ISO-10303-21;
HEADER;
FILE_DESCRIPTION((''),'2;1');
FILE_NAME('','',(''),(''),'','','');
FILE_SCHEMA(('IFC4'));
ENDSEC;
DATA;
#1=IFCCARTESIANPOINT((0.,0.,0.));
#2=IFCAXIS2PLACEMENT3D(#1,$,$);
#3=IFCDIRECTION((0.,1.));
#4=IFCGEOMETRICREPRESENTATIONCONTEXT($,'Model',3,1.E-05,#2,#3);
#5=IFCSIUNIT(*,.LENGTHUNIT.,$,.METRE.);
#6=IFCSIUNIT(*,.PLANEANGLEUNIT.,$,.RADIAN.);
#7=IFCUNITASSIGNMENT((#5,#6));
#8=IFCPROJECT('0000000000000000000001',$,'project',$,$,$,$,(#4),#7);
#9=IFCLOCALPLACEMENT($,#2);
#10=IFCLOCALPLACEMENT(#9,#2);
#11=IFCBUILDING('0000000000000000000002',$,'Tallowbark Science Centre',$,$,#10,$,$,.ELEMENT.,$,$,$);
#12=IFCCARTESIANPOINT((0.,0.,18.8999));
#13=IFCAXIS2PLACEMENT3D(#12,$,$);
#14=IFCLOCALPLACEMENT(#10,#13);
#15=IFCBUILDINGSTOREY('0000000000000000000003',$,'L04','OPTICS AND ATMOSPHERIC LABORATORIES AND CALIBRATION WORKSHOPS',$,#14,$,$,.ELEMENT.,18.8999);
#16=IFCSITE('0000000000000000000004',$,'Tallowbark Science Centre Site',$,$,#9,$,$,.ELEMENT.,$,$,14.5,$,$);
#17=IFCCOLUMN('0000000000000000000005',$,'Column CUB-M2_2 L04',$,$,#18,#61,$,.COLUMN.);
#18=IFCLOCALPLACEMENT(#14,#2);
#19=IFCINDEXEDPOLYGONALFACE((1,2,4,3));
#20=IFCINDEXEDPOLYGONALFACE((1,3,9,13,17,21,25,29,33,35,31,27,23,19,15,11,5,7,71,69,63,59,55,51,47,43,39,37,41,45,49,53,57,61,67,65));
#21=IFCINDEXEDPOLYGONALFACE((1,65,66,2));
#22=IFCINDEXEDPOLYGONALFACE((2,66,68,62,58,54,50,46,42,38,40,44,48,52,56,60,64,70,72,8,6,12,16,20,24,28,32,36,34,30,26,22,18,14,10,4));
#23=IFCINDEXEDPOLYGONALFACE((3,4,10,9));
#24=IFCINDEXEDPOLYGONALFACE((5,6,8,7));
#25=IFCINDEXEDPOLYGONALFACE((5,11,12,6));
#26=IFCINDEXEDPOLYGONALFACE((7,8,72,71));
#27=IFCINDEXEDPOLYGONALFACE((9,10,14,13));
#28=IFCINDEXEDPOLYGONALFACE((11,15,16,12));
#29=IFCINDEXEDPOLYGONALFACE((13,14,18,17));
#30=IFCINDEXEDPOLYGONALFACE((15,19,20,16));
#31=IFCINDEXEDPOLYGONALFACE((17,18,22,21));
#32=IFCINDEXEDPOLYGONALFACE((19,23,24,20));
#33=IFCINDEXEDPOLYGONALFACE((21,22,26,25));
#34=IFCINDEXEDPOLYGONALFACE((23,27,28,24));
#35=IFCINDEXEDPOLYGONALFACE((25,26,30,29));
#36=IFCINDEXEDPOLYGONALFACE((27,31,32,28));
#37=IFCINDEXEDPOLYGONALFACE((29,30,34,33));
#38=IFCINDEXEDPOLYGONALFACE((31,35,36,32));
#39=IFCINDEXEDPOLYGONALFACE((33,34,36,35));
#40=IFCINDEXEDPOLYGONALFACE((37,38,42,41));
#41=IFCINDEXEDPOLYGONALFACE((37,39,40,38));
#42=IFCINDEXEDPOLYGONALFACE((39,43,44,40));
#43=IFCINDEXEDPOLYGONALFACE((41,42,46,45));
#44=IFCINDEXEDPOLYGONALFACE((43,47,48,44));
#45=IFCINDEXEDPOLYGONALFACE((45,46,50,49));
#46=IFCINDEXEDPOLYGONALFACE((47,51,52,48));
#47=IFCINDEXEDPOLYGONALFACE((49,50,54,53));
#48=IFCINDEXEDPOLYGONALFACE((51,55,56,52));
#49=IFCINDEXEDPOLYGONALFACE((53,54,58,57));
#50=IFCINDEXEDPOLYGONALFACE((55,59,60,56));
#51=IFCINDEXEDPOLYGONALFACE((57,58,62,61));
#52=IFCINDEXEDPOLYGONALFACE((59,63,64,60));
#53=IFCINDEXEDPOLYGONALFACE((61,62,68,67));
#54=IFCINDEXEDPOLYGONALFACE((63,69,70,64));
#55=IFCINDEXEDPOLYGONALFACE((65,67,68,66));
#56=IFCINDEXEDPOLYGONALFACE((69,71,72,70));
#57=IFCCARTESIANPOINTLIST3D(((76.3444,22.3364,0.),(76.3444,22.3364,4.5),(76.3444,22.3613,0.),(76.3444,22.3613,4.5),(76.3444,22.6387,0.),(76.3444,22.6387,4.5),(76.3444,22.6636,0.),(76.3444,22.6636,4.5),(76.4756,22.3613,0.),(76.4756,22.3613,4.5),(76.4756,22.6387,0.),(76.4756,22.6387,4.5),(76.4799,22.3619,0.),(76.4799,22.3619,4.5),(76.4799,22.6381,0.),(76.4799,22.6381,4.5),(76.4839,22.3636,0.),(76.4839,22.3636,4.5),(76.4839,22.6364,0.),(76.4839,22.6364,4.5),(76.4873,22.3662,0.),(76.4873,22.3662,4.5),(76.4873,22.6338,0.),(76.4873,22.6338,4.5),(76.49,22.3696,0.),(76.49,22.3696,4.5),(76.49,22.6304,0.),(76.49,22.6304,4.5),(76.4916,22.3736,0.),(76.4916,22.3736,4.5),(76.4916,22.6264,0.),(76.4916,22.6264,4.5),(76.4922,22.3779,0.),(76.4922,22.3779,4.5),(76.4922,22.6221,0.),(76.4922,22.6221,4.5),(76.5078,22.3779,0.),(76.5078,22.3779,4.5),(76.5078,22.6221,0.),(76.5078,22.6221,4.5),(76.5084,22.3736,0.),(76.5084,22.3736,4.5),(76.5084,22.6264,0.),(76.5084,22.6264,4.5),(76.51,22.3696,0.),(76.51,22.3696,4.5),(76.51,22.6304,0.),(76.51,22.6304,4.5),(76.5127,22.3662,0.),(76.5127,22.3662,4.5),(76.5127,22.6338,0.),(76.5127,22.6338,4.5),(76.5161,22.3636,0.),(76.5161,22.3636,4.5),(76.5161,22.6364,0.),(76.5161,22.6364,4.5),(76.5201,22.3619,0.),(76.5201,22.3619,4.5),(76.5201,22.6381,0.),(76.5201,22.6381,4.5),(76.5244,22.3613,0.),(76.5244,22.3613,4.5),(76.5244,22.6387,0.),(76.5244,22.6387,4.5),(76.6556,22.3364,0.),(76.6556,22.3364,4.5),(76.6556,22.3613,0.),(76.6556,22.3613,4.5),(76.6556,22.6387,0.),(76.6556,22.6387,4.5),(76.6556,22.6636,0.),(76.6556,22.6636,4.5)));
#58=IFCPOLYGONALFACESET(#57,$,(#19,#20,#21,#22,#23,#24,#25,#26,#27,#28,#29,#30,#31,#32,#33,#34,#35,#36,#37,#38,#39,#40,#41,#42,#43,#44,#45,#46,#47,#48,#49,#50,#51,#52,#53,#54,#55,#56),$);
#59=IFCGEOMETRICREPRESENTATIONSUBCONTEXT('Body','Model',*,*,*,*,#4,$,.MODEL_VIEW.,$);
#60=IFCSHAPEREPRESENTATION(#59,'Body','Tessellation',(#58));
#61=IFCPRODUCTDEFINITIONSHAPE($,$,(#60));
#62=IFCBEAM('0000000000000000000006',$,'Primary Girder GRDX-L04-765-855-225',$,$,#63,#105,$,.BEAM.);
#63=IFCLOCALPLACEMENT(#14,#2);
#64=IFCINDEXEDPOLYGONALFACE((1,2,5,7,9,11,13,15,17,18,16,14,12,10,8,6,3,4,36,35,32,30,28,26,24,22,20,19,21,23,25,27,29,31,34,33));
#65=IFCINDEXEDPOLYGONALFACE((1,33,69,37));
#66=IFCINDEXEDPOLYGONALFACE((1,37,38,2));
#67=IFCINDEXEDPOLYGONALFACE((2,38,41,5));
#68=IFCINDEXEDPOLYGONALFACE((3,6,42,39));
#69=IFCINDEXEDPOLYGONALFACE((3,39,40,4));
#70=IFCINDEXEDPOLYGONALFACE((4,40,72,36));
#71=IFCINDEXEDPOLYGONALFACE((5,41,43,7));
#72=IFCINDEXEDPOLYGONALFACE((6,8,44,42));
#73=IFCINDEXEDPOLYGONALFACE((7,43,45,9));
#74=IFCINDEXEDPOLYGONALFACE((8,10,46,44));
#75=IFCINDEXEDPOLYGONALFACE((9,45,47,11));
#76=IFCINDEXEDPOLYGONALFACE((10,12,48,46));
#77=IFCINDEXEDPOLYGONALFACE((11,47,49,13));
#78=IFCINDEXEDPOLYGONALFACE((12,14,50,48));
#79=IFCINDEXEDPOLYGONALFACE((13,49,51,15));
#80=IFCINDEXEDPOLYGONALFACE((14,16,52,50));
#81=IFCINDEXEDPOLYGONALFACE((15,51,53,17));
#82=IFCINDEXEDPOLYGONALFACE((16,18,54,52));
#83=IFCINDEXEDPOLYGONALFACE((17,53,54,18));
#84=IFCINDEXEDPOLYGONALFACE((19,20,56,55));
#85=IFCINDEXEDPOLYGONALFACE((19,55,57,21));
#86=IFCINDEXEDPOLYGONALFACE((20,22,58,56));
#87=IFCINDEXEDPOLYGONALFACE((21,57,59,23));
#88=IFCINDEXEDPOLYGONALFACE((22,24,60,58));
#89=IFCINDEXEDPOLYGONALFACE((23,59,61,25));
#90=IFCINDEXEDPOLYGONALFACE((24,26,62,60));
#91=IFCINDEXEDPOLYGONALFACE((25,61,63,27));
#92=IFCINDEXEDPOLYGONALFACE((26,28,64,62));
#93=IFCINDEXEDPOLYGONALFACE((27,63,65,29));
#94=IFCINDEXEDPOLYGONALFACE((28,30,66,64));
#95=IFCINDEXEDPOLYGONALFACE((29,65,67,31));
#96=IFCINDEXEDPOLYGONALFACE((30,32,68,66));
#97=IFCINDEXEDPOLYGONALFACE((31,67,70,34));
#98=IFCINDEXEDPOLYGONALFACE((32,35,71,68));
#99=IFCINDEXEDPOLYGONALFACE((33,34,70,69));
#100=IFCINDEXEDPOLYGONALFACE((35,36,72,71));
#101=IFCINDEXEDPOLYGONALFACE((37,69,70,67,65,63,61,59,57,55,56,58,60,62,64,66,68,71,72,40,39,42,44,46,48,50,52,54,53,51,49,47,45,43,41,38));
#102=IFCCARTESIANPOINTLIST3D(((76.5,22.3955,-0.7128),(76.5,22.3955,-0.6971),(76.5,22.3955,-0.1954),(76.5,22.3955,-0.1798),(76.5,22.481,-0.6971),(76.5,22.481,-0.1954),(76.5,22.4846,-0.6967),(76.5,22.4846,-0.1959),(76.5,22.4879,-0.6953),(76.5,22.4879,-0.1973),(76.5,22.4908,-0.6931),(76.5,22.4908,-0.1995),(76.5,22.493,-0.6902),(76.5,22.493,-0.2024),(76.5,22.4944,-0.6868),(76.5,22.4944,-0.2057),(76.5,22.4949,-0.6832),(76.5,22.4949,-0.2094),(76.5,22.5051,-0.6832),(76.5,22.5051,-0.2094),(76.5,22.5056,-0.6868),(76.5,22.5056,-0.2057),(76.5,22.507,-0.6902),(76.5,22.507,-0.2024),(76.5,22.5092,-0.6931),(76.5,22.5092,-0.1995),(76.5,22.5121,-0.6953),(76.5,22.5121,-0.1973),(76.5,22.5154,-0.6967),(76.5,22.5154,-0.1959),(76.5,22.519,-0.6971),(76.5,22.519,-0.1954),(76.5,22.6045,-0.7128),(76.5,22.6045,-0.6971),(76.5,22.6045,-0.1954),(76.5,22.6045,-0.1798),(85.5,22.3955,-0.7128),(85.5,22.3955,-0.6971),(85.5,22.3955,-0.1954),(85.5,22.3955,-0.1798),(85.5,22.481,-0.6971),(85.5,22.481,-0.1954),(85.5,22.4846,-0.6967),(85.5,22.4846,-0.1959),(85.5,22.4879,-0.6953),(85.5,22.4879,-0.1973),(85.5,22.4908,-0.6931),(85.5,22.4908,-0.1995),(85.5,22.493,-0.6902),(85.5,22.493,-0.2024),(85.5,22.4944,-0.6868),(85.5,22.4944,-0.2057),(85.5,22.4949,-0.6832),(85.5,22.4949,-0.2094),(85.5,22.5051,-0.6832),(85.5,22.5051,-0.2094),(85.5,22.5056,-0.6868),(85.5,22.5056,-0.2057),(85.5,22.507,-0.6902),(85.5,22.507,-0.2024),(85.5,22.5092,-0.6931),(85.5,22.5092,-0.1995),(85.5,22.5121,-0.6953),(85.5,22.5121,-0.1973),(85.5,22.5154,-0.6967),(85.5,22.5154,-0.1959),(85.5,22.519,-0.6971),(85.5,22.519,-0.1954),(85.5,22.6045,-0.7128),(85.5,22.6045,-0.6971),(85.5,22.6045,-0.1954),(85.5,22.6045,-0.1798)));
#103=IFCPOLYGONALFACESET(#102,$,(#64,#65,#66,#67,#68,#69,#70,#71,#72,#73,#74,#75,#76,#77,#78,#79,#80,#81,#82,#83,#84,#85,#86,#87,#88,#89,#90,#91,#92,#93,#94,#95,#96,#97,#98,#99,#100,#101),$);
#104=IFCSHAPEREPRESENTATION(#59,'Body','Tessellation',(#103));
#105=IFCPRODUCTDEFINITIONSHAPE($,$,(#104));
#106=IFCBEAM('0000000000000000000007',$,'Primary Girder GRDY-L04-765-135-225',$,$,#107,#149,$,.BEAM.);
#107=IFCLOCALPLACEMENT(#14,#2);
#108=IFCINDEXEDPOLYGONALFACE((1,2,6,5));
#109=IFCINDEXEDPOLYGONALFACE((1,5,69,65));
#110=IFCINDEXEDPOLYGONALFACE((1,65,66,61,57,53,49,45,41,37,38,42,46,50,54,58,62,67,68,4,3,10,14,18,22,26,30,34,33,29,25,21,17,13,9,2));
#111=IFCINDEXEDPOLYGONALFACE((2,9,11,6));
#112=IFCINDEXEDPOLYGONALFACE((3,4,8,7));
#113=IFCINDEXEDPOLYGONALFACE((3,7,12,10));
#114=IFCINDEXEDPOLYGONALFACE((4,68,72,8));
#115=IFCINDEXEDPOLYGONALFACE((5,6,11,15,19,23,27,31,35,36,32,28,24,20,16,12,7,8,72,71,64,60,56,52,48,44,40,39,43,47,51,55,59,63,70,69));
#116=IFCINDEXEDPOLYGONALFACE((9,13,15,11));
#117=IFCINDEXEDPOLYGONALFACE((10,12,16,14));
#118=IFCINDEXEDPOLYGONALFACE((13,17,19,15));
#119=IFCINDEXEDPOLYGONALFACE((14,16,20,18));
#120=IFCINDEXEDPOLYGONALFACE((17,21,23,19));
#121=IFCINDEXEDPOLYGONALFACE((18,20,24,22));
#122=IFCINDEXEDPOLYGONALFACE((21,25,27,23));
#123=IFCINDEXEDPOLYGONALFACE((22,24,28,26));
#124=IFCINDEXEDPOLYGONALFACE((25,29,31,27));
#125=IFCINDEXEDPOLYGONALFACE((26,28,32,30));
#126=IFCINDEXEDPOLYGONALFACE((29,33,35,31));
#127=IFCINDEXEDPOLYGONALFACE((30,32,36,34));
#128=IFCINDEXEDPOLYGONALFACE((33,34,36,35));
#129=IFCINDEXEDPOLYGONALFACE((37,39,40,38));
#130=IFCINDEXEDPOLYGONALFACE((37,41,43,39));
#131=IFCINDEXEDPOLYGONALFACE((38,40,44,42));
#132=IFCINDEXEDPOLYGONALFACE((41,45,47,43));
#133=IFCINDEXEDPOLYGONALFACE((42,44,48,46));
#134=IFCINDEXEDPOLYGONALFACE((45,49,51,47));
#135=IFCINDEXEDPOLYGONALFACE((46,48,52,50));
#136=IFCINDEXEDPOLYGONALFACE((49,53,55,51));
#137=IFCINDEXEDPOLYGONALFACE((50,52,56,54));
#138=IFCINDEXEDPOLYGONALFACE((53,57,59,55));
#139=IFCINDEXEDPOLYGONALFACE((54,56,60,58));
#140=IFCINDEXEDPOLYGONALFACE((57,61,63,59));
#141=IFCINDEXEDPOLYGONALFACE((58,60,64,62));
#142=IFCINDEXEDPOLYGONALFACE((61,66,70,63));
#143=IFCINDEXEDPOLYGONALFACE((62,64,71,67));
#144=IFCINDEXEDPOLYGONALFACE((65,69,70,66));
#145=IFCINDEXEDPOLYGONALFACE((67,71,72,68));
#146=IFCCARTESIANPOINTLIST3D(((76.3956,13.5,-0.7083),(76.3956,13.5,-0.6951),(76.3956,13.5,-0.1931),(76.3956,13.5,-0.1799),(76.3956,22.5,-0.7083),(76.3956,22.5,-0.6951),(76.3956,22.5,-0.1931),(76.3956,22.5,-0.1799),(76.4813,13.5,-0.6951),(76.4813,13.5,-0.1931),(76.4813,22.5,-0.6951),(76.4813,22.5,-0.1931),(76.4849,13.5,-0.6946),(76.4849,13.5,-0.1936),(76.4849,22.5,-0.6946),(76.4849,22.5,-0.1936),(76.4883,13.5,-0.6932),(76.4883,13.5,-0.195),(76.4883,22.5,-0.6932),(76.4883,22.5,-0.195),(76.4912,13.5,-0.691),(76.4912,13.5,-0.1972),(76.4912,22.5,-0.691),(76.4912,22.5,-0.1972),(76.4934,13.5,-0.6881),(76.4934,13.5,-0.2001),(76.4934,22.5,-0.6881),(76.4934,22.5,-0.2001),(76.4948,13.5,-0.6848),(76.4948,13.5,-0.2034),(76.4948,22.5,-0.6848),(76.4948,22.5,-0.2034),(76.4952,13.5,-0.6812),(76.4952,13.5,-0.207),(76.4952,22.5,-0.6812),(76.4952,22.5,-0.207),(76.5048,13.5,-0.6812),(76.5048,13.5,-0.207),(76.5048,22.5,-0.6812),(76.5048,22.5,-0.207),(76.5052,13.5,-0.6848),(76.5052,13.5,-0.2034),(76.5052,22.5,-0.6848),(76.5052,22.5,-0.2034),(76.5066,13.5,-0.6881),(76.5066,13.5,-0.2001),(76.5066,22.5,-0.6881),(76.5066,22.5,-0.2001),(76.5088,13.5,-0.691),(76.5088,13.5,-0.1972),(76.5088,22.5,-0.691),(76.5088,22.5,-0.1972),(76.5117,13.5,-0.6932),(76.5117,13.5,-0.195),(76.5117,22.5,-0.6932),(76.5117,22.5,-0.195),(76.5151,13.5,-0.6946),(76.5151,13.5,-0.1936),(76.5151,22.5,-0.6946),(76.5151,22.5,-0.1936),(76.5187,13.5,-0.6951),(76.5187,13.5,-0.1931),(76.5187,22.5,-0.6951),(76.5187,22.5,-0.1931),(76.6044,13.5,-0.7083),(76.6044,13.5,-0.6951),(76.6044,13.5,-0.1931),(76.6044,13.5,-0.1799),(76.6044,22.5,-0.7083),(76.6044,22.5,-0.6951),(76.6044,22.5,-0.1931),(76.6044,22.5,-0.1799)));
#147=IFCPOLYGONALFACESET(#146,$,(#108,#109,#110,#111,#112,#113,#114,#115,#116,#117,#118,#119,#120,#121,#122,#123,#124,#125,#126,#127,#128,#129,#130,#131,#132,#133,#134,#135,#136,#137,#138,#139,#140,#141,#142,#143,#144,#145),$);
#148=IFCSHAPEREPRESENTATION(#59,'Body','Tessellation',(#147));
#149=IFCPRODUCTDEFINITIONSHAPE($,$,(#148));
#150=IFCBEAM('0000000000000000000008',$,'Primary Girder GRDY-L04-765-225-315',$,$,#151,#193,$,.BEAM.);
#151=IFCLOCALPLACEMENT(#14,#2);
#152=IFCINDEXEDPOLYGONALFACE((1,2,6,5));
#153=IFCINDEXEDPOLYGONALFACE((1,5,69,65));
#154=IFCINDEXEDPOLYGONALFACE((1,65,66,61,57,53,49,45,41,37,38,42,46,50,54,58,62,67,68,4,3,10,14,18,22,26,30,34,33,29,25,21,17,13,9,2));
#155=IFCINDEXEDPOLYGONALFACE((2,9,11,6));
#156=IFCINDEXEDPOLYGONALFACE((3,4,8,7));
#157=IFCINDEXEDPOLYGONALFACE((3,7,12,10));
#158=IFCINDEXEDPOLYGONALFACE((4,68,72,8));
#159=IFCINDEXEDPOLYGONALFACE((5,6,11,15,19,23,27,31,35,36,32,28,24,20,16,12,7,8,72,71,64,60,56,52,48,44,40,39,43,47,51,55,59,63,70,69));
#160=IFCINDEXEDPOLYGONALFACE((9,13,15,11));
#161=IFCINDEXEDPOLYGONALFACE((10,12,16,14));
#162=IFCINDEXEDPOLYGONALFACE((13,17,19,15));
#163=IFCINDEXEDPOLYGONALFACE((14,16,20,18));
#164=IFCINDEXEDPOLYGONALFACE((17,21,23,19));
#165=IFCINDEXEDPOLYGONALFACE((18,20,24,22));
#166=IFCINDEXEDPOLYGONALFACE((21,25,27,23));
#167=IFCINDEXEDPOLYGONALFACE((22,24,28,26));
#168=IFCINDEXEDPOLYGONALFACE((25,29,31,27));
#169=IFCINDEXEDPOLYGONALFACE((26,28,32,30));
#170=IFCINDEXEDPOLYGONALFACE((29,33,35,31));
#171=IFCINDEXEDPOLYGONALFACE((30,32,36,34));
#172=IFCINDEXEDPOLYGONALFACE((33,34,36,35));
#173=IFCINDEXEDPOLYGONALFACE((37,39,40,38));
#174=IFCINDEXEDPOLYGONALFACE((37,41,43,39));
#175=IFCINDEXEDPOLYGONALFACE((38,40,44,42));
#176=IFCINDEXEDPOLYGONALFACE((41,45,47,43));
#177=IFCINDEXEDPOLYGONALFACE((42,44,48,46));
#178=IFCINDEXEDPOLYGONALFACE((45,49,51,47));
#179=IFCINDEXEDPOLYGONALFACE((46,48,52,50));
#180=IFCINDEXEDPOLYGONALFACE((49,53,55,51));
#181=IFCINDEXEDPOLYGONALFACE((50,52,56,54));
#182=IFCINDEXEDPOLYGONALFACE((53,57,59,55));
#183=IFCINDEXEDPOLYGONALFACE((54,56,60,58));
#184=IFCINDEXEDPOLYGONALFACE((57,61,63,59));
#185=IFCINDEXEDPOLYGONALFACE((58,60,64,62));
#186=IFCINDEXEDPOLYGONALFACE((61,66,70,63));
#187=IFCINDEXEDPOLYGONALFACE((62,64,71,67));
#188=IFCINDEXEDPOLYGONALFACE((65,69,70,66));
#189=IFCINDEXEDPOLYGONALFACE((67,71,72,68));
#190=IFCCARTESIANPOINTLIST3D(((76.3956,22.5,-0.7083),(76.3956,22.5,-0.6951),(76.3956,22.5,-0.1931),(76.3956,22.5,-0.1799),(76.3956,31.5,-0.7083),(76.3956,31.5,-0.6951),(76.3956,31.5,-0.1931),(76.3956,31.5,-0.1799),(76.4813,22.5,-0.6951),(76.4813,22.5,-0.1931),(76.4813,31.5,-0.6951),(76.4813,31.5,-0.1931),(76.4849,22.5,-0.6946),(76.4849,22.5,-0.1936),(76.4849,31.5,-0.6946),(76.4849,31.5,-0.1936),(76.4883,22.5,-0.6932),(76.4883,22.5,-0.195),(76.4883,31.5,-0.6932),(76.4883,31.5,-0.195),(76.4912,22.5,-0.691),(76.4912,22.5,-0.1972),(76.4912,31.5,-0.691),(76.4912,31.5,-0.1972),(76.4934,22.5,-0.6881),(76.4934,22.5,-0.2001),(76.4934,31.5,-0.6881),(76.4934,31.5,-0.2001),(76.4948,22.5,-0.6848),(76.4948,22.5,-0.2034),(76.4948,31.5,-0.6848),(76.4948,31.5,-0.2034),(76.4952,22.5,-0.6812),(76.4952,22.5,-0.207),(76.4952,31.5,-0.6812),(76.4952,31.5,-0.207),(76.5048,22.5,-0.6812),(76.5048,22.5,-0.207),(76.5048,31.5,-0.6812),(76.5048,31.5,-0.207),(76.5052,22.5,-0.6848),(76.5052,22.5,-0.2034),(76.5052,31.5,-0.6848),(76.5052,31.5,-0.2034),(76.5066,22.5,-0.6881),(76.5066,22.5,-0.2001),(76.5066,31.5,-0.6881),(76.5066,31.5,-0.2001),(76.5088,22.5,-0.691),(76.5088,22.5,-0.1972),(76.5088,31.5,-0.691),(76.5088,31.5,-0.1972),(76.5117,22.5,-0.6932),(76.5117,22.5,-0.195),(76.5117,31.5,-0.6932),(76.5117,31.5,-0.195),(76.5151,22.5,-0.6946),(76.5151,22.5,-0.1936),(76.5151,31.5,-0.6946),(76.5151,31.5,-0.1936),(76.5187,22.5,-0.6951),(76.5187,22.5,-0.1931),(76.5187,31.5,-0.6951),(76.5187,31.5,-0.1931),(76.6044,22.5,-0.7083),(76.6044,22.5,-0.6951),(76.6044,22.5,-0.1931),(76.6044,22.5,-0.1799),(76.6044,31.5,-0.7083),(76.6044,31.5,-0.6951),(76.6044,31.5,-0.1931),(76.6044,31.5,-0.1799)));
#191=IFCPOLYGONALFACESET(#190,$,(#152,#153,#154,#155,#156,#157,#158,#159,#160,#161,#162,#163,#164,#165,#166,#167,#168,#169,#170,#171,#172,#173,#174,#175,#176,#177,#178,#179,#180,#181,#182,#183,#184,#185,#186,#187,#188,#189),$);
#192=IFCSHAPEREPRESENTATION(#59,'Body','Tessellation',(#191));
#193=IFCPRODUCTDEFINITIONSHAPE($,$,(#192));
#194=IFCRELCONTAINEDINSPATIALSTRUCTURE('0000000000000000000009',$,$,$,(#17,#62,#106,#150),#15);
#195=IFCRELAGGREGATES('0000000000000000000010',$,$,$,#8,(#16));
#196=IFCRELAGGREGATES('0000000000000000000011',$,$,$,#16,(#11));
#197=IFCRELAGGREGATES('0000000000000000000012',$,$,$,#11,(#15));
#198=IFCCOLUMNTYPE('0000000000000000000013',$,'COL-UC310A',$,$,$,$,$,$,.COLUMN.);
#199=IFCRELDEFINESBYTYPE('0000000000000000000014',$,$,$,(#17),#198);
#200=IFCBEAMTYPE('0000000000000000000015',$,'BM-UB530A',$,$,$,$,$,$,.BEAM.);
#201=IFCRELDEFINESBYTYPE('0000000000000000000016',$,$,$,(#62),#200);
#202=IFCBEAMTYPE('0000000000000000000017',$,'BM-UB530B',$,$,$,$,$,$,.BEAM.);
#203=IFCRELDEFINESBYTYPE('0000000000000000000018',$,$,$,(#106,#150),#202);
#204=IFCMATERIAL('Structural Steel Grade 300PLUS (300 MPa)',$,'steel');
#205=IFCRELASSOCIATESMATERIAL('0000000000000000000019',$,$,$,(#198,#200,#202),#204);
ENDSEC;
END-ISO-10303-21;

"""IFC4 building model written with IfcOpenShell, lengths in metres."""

from ifc_helpers import new_model, si_unit, direction, frame, origin, origin_2d, place, context, subcontext, project, spatial, i_section, extrude, material, material_profile, profile_set, type_object, element, save


model = new_model("IFC4")

# Units and contexts
model_context = context("Model", 3, precision=1e-05, world=origin(), true_north=direction((0.0, 1.0)))
body_context = subcontext(model_context, "Body", "Model", "MODEL_VIEW")
ifc_project = project(units=[si_unit("LENGTHUNIT", "METRE"), si_unit("PLANEANGLEUNIT", "RADIAN")], contexts=[model_context])

# Site, building, storey
site_placement = place(None, origin())
site = spatial("IfcSite", under=ifc_project, at=site_placement, Name="Tallowbark Science Centre Site", CompositionType="ELEMENT", RefElevation=14.5)
building_placement = place(site_placement, origin())
building = spatial("IfcBuilding", under=site, at=building_placement, Name="Tallowbark Science Centre", CompositionType="ELEMENT")
storey_placement = place(building_placement, frame((0.0, 0.0, 18.8999)))
storey = spatial("IfcBuildingStorey", under=building, at=storey_placement, Name="L04", Description="OPTICS AND ATMOSPHERIC LABORATORIES AND CALIBRATION WORKSHOPS", CompositionType="ELEMENT", Elevation=18.8999)

# Column
ifc_material_1 = material(Name="Structural Steel Grade 300PLUS (300 MPa)", Category="steel")
ifc_material_profile_1 = material_profile(ifc_material_1, i_section(OverallWidth=0.3113, OverallDepth=0.3271, WebThickness=0.0156, FlangeThickness=0.0249, FilletRadius=0.0166, at=origin_2d()), Name="310UC158")
ifc_profile_set_1 = profile_set([ifc_material_profile_1], Name="Structural Steel Grade 300PLUS (300 MPa)")
column_type = type_object("IfcColumnType", Name="COL-UC310A", PredefinedType="COLUMN", material=ifc_profile_set_1)
column_placement = place(storey_placement, frame((76.5, 22.5, 0.0), z_axis=(0.0, 0.0, 1.0), x_axis=(1.0, 0.0, 0.0)))
element("IfcColumn", 1, at=column_placement, inside=storey, type_object=column_type, Name="Column CUB-M2_2 L04", PredefinedType="COLUMN", context=body_context, shape_type="SweptSolid", body=[
    extrude(i_section(OverallWidth=0.3113, OverallDepth=0.3271, WebThickness=0.0156, FlangeThickness=0.0249, FilletRadius=0.0166, at=origin_2d()), origin(), (0.0, 0.0, 1.0), 4.5),
])

# Beams
ifc_material_profile_2 = material_profile(ifc_material_1, i_section(OverallWidth=0.209, OverallDepth=0.533, WebThickness=0.0103, FlangeThickness=0.0156, FilletRadius=0.0139, at=origin_2d()), Name="530UB92.4")
ifc_profile_set_2 = profile_set([ifc_material_profile_2], Name="Structural Steel Grade 300PLUS (300 MPa)")
beam_type_1 = type_object("IfcBeamType", Name="BM-UB530A", PredefinedType="BEAM", material=ifc_profile_set_2)
beam_placement = place(storey_placement, frame((76.5, 22.5, -0.4463), z_axis=(1.0, 0.0, 0.0), x_axis=(0.0, 1.0, 0.0)))
element("IfcBeam", 2, at=beam_placement, inside=storey, type_object=beam_type_1, Name="Primary Girder GRDX-L04-765-855-225", PredefinedType="BEAM", context=body_context, shape_type="SweptSolid", body=[
    extrude(i_section(OverallWidth=0.209, OverallDepth=0.533, WebThickness=0.0103, FlangeThickness=0.0156, FilletRadius=0.0139, at=origin_2d()), origin(), (0.0, 0.0, 1.0), 9.0),
])
ifc_material_profile_3 = material_profile(ifc_material_1, i_section(OverallWidth=0.2087, OverallDepth=0.5283, WebThickness=0.0095, FlangeThickness=0.0132, FilletRadius=0.0139, at=origin_2d()), Name="530UB82.0")
ifc_profile_set_3 = profile_set([ifc_material_profile_3], Name="Structural Steel Grade 300PLUS (300 MPa)")
beam_type_2 = type_object("IfcBeamType", Name="BM-UB530B", PredefinedType="BEAM", material=ifc_profile_set_3)
for number, where, z_axis, x_axis, name in (
    (3, (76.5, 13.5, -0.4441), (0.0, 1.0, 0.0), (-1.0, 0.0, 0.0), "Primary Girder GRDY-L04-765-135-225"),
    (4, (76.5, 22.5, -0.4441), (0.0, 1.0, 0.0), (-1.0, 0.0, 0.0), "Primary Girder GRDY-L04-765-225-315"),
):
    element("IfcBeam", number, at=place(storey_placement, frame(where, z_axis=z_axis, x_axis=x_axis)), inside=storey, type_object=beam_type_2, Name=name, PredefinedType="BEAM", context=body_context, shape_type="SweptSolid", body=[
        extrude(i_section(OverallWidth=0.2087, OverallDepth=0.5283, WebThickness=0.0095, FlangeThickness=0.0132, FilletRadius=0.0139, at=origin_2d()), origin(), (0.0, 0.0, 1.0), 9.0),
    ])

save(model, "model.ifc")
